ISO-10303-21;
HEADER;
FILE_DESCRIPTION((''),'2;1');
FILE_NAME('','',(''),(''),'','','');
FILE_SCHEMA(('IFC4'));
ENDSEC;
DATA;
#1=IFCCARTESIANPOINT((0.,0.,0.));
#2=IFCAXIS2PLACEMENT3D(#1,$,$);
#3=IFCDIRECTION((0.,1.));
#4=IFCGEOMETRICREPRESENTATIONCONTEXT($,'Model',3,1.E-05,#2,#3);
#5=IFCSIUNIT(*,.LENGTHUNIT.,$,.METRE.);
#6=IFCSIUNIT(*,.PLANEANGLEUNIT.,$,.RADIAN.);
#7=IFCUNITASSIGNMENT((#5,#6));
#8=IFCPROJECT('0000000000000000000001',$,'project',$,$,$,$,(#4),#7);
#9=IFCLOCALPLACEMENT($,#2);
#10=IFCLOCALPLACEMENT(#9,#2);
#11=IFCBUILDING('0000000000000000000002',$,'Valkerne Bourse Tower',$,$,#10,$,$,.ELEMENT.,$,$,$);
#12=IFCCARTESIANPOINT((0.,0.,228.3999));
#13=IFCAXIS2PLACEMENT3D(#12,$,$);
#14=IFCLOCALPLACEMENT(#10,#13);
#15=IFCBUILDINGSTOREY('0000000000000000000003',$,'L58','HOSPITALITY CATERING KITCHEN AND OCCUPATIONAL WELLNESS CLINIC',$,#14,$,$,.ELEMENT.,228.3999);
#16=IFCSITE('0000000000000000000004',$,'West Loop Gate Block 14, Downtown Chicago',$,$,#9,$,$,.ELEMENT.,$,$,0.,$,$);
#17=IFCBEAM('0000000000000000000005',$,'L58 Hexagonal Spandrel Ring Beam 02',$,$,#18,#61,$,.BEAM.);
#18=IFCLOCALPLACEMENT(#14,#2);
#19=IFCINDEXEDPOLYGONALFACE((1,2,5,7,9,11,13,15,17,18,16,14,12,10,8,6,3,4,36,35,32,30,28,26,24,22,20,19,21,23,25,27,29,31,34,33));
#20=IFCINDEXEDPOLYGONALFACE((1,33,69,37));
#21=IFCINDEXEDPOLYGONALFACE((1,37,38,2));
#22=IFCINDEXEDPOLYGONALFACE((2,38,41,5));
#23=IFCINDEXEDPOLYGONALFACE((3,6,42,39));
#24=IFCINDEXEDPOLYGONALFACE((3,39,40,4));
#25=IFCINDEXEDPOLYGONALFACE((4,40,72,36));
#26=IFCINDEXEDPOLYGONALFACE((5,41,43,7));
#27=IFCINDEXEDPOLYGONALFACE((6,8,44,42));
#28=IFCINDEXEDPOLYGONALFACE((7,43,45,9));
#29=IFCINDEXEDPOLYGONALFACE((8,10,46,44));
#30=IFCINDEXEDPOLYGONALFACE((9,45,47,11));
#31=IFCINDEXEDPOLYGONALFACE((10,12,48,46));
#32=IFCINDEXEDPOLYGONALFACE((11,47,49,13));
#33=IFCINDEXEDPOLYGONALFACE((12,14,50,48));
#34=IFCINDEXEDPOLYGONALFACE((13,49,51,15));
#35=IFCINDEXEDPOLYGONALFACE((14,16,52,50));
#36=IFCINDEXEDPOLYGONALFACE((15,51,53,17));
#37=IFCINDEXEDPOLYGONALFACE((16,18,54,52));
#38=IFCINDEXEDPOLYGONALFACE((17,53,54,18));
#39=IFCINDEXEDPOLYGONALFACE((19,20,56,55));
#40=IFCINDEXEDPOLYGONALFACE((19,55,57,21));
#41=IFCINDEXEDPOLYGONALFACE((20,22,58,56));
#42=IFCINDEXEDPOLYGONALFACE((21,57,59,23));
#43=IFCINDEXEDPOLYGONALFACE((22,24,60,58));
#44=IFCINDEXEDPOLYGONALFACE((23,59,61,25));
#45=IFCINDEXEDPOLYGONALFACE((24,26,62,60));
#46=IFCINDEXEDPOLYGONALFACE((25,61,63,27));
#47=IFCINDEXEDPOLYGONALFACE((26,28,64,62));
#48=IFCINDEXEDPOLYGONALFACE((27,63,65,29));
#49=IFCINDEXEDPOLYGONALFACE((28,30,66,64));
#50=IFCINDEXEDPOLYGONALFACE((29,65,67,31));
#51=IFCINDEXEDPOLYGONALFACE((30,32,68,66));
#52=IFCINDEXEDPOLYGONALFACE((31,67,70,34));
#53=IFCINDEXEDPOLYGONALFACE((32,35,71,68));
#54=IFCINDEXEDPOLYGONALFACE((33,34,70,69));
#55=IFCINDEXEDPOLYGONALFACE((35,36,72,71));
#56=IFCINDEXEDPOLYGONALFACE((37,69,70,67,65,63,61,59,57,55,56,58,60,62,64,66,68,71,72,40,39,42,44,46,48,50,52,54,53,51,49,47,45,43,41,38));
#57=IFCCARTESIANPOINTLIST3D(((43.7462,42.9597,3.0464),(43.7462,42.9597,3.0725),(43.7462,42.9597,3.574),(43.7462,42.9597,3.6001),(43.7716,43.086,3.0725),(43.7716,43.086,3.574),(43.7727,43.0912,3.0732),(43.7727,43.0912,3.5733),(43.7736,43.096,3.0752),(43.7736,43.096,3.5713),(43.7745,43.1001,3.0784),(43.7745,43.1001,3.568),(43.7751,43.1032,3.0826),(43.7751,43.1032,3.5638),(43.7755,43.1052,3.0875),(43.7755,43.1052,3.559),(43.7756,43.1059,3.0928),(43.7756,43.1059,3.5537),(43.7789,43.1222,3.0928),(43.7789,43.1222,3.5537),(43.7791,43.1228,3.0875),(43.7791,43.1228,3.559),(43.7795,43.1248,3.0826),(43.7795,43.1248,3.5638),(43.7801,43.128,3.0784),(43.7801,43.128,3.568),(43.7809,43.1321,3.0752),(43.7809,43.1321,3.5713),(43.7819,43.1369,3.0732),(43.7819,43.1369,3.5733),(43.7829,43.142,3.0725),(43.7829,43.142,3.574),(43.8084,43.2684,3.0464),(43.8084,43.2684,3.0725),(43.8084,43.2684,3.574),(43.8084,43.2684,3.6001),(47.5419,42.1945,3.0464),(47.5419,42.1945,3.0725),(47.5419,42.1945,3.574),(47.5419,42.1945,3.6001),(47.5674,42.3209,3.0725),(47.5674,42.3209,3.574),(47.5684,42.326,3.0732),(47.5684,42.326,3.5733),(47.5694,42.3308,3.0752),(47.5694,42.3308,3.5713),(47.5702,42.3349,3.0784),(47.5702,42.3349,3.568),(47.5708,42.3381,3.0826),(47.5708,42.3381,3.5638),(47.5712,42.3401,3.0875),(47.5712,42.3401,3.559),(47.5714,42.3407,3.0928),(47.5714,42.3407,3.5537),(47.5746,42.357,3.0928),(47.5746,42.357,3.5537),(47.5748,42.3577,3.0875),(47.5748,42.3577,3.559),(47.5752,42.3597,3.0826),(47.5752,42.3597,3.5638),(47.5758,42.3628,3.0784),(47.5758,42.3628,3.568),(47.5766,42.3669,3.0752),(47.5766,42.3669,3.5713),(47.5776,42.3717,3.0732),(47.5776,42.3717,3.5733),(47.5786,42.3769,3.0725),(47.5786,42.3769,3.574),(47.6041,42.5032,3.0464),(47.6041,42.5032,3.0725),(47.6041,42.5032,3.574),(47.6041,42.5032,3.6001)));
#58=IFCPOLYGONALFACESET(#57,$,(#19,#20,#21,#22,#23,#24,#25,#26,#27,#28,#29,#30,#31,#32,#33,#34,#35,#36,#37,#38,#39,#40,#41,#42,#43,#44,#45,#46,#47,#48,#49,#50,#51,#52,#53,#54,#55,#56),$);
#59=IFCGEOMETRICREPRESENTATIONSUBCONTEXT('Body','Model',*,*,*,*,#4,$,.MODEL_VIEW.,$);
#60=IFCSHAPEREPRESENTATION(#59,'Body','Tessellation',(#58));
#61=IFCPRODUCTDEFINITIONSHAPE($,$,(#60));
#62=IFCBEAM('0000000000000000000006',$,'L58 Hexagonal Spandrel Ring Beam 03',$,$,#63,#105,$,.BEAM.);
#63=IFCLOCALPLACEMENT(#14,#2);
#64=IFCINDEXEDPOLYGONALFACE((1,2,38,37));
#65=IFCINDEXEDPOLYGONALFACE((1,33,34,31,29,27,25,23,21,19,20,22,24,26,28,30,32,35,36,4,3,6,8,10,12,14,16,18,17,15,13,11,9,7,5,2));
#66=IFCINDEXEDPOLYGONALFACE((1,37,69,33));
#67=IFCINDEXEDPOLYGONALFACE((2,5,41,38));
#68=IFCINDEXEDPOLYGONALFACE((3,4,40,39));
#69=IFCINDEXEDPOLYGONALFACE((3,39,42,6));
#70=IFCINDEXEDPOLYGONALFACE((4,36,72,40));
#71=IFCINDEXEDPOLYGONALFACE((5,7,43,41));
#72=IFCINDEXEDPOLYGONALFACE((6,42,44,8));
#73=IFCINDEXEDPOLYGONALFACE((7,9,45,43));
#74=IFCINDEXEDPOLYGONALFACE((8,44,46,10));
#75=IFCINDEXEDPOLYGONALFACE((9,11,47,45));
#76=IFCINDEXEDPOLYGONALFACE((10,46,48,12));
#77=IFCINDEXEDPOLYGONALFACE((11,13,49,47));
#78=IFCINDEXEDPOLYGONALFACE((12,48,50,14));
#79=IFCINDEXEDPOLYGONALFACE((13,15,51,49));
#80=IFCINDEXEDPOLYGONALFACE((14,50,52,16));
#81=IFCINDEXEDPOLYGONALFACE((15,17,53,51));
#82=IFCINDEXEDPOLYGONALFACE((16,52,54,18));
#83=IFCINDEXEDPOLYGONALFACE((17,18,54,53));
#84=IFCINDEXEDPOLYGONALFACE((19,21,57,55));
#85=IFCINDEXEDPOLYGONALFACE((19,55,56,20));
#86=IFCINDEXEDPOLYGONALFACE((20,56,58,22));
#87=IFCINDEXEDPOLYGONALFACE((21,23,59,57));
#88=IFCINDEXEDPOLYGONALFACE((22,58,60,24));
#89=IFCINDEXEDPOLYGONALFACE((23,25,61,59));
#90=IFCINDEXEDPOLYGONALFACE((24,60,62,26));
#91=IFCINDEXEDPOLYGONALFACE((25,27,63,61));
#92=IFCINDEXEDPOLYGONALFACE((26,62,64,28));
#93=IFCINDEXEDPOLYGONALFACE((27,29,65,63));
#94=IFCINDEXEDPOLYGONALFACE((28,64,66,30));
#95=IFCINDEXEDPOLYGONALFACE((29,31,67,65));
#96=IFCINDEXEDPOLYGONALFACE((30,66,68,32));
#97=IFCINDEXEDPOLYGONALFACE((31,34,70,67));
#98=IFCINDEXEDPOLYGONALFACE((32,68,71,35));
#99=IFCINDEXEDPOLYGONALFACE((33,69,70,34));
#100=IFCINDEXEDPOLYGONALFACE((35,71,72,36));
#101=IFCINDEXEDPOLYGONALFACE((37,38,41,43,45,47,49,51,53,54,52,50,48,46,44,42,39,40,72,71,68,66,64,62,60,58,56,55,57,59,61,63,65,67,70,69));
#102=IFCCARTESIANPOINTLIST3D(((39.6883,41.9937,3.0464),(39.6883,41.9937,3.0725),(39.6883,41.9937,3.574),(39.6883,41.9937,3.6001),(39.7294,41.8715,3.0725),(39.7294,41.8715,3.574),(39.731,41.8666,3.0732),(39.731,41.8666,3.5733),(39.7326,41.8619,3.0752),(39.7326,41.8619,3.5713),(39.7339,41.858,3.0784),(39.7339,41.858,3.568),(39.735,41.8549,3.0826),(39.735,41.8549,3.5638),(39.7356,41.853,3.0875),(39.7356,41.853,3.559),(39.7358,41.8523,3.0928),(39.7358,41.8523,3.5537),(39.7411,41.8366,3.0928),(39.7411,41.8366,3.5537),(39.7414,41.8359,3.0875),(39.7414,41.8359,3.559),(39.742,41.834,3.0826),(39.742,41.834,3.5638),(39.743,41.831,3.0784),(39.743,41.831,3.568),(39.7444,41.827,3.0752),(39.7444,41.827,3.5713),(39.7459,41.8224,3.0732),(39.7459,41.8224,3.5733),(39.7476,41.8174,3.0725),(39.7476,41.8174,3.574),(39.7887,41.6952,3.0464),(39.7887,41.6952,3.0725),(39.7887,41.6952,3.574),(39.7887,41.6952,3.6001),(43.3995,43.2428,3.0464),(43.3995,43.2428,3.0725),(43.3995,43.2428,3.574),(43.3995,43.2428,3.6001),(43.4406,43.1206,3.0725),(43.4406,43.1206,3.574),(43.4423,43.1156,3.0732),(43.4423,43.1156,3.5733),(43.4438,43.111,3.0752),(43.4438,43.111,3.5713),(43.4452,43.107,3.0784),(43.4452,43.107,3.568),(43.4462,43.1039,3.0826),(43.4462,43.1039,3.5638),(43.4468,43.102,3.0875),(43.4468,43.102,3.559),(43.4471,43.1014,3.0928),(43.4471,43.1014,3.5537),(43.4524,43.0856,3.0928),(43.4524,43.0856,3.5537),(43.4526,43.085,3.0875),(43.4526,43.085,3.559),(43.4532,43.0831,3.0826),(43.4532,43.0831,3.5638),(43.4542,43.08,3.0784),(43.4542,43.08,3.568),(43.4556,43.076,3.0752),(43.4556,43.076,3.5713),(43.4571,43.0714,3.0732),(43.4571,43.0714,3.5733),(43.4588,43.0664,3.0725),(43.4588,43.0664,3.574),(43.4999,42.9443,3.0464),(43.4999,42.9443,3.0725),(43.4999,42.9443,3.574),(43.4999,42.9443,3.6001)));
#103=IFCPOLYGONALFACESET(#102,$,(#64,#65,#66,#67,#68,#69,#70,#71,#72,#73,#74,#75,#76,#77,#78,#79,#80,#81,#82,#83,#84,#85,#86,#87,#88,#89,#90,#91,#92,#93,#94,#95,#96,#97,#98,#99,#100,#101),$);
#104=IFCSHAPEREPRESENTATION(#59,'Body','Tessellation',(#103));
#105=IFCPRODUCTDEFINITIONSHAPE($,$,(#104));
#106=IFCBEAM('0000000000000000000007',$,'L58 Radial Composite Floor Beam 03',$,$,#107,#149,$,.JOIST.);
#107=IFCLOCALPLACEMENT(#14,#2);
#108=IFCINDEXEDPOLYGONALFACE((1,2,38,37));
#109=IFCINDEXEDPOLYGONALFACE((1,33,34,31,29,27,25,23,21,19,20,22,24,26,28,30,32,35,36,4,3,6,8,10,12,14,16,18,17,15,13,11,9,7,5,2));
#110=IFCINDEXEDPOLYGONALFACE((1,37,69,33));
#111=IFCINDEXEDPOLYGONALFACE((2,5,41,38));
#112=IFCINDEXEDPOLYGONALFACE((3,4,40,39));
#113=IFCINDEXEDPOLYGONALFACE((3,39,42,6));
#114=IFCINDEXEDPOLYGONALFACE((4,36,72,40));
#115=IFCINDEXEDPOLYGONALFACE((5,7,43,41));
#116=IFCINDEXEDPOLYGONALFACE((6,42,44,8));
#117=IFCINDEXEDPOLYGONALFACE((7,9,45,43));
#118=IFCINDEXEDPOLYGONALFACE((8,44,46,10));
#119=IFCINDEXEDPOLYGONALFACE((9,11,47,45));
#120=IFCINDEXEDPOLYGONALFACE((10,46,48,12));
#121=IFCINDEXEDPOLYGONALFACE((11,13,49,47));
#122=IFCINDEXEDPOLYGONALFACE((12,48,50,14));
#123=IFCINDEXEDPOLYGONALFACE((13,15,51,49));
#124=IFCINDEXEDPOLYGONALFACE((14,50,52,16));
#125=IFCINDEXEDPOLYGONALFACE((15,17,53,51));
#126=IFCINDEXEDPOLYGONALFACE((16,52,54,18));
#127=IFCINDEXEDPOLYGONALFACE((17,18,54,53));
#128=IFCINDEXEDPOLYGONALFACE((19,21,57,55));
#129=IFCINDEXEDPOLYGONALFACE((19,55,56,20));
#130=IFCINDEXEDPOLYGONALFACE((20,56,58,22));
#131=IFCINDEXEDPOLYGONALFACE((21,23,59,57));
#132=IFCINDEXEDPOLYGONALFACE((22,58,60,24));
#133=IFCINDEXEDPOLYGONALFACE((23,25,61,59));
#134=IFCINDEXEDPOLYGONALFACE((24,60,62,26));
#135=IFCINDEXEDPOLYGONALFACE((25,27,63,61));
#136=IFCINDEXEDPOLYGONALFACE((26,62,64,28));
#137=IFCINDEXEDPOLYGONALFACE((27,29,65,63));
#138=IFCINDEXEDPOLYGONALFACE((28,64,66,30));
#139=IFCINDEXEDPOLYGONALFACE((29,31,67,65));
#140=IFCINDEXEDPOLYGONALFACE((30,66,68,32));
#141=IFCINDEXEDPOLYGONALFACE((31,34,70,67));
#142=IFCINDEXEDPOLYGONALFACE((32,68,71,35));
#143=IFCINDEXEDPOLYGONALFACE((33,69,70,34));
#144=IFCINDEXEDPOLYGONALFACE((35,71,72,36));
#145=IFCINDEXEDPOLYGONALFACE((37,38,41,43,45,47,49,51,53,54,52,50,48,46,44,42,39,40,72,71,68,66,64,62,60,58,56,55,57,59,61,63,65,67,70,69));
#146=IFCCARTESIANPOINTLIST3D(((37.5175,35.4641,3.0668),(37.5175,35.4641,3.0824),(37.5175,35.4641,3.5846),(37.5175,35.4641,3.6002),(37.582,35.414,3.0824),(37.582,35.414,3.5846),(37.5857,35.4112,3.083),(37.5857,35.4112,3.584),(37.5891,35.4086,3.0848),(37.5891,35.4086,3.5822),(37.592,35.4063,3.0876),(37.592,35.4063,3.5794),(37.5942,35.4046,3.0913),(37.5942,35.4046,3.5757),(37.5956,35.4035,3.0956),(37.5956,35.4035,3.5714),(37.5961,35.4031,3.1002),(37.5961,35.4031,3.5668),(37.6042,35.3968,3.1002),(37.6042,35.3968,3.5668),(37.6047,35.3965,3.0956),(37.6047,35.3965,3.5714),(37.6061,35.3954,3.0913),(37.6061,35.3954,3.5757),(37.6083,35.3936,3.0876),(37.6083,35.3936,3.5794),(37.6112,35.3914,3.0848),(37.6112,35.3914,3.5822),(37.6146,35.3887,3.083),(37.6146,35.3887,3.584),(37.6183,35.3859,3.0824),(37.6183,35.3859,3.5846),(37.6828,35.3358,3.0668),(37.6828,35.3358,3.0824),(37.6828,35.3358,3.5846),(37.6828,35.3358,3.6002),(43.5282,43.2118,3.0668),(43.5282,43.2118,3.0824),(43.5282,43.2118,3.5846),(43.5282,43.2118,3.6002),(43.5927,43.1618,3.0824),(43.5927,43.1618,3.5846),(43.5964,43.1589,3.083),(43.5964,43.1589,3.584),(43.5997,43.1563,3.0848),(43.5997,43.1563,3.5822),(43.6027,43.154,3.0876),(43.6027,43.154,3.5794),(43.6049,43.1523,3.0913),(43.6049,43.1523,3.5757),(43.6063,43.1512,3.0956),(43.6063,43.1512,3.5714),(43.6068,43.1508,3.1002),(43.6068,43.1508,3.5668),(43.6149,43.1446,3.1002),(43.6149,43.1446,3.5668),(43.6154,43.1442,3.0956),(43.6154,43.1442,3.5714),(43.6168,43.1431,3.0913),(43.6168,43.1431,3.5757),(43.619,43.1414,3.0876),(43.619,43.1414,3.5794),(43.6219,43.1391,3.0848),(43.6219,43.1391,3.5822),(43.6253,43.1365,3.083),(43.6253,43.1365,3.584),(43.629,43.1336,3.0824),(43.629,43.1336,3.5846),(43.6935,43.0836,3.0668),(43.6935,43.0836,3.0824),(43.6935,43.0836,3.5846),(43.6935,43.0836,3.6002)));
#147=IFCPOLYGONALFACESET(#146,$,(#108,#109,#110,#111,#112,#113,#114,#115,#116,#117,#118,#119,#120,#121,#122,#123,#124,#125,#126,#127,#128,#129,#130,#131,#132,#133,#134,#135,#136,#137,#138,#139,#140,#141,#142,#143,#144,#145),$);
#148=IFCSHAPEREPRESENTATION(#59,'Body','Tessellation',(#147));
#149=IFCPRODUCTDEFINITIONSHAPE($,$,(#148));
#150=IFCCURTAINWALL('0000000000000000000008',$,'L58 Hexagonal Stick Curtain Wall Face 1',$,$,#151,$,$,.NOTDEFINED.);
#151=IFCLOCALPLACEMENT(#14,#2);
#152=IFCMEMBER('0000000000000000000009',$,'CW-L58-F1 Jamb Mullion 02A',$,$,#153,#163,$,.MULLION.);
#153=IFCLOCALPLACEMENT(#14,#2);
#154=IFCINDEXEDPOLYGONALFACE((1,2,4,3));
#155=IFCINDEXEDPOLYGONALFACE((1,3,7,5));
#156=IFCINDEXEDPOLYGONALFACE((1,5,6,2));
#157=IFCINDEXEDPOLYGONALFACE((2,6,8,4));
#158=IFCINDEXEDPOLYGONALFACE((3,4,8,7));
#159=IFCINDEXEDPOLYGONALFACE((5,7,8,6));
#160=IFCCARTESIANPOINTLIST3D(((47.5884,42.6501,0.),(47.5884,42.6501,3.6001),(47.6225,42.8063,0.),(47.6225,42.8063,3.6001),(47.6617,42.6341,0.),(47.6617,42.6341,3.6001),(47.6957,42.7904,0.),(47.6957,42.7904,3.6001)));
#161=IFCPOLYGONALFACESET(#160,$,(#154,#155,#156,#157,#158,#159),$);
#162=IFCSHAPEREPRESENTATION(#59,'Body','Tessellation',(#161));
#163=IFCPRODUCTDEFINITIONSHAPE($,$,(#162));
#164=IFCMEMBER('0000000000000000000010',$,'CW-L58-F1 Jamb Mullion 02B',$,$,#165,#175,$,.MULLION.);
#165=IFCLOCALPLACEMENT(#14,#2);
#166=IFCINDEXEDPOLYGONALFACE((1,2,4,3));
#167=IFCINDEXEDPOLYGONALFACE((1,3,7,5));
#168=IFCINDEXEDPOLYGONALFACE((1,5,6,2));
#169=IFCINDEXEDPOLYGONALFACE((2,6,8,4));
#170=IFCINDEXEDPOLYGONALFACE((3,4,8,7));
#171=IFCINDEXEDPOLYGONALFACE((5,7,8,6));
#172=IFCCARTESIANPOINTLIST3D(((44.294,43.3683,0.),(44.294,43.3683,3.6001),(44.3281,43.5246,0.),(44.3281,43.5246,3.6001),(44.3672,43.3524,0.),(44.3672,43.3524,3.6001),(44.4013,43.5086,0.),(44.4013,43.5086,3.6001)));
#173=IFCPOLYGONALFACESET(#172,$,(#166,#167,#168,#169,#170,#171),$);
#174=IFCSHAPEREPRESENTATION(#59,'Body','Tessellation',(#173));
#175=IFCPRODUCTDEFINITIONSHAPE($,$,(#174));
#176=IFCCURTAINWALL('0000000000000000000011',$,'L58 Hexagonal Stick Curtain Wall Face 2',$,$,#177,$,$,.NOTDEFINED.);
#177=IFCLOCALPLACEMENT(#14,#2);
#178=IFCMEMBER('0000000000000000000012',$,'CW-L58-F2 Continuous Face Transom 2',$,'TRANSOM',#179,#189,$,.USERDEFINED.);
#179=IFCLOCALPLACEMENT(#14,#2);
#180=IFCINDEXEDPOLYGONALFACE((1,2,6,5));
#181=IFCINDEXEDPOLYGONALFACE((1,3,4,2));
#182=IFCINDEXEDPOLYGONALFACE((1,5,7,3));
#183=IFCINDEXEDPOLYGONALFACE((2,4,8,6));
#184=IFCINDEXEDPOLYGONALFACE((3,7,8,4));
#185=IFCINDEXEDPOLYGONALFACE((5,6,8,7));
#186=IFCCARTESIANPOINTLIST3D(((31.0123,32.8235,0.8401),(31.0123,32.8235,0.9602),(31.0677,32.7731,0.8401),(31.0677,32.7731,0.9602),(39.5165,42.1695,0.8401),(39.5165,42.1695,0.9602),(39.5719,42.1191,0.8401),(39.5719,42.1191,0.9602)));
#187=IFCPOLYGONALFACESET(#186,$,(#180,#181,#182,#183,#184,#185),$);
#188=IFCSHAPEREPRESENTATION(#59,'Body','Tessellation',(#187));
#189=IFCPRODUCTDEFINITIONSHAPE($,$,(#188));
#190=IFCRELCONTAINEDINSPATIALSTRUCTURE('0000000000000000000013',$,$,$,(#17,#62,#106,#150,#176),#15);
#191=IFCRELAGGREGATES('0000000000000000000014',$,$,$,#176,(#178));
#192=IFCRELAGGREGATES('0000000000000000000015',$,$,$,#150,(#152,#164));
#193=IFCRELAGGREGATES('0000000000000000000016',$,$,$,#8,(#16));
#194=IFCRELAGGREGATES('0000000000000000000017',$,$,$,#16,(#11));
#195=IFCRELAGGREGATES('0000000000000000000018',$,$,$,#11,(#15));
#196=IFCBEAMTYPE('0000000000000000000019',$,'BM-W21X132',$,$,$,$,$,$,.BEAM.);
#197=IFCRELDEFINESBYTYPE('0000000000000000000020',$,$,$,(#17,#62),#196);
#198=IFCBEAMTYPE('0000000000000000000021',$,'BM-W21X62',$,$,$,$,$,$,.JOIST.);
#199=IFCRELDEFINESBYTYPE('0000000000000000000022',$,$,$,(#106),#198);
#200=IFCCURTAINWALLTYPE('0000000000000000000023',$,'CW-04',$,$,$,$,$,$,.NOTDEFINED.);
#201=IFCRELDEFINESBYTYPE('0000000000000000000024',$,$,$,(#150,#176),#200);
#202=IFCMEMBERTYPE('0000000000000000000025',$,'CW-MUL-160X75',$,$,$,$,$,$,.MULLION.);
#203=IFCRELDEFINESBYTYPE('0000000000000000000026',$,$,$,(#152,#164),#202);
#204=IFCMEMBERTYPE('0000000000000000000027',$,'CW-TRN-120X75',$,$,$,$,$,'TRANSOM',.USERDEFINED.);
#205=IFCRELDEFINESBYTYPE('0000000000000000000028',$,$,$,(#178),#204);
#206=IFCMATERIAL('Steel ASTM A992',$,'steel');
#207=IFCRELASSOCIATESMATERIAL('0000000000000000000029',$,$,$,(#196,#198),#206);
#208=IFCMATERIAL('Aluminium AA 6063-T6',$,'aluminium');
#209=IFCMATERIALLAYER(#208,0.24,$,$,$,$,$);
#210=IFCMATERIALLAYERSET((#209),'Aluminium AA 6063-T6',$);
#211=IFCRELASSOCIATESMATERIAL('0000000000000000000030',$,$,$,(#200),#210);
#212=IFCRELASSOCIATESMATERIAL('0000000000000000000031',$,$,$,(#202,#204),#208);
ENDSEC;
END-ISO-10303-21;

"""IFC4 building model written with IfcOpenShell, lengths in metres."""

from ifc_helpers import new_model, si_unit, direction, frame, origin, origin_2d, place, context, subcontext, project, spatial, rectangle, i_section, extrude, material, layer, layer_set, material_profile, profile_set, type_object, element, aggregate, save


model = new_model("IFC4")

# Units and contexts
model_context = context("Model", 3, precision=1e-05, world=origin(), true_north=direction((0.0, 1.0)))
body_context = subcontext(model_context, "Body", "Model", "MODEL_VIEW")
ifc_project = project(units=[si_unit("LENGTHUNIT", "METRE"), si_unit("PLANEANGLEUNIT", "RADIAN")], contexts=[model_context])

# Site, building, storey
site_placement = place(None, origin())
site = spatial("IfcSite", under=ifc_project, at=site_placement, Name="West Loop Gate Block 14, Downtown Chicago", CompositionType="ELEMENT", RefElevation=0.0)
building_placement = place(site_placement, origin())
building = spatial("IfcBuilding", under=site, at=building_placement, Name="Valkerne Bourse Tower", CompositionType="ELEMENT")
storey_placement = place(building_placement, frame((0.0, 0.0, 228.3999)))
storey = spatial("IfcBuildingStorey", under=building, at=storey_placement, Name="L58", Description="HOSPITALITY CATERING KITCHEN AND OCCUPATIONAL WELLNESS CLINIC", CompositionType="ELEMENT", Elevation=228.3999)

# Beams
ifc_material_1 = material(Name="Steel ASTM A992", Category="steel")
ifc_material_profile_1 = material_profile(ifc_material_1, i_section(OverallWidth=0.3149, OverallDepth=0.5537, WebThickness=0.0166, FlangeThickness=0.0261, FilletRadius=0.0203, at=origin_2d()), Name="W21X132")
ifc_profile_set_1 = profile_set([ifc_material_profile_1], Name="Steel ASTM A992")
beam_type_1 = type_object("IfcBeamType", Name="BM-W21X132", PredefinedType="BEAM", material=ifc_profile_set_1)
beam_1_placement = place(storey_placement, frame((47.573, 42.3489, 3.3232), z_axis=(-0.980281, 0.197607, 0.0), x_axis=(-0.197607, -0.980281, 0.0)))
element("IfcBeam", 1, at=beam_1_placement, inside=storey, type_object=beam_type_1, Name="L58 Hexagonal Spandrel Ring Beam 02", PredefinedType="BEAM", context=body_context, shape_type="SweptSolid", body=[
    extrude(i_section(OverallWidth=0.3149, OverallDepth=0.5537, WebThickness=0.0166, FlangeThickness=0.0261, FilletRadius=0.0203, at=origin_2d()), origin(), (0.0, 0.0, 1.0), 3.8721),
])
beam_2_placement = place(storey_placement, frame((43.4497, 43.0935, 3.3232), z_axis=(-0.947763, -0.318976, 0.0), x_axis=(0.318976, -0.947763, 0.0)))
element("IfcBeam", 2, at=beam_2_placement, inside=storey, type_object=beam_type_1, Name="L58 Hexagonal Spandrel Ring Beam 03", PredefinedType="BEAM", context=body_context, shape_type="SweptSolid", body=[
    extrude(i_section(OverallWidth=0.3149, OverallDepth=0.5537, WebThickness=0.0166, FlangeThickness=0.0261, FilletRadius=0.0203, at=origin_2d()), origin(), (0.0, 0.0, 1.0), 3.9158),
])
ifc_material_profile_2 = material_profile(ifc_material_1, i_section(OverallWidth=0.2092, OverallDepth=0.5334, WebThickness=0.0103, FlangeThickness=0.0156, FilletRadius=0.0178, at=origin_2d()), Name="W21X62")
ifc_profile_set_2 = profile_set([ifc_material_profile_2], Name="Steel ASTM A992")
beam_type_2 = type_object("IfcBeamType", Name="BM-W21X62", PredefinedType="JOIST", material=ifc_profile_set_2)
beam_3_placement = place(storey_placement, frame((43.6108, 43.1477, 3.3335), z_axis=(-0.612966, -0.790109, 0.0), x_axis=(0.790109, -0.612966, 0.0)))
element("IfcBeam", 3, at=beam_3_placement, inside=storey, type_object=beam_type_2, Name="L58 Radial Composite Floor Beam 03", PredefinedType="JOIST", context=body_context, shape_type="SweptSolid", body=[
    extrude(i_section(OverallWidth=0.2092, OverallDepth=0.5334, WebThickness=0.0103, FlangeThickness=0.0156, FilletRadius=0.0178, at=origin_2d()), origin(), (0.0, 0.0, 1.0), 9.8059),
])

# Curtain walls, members
ifc_material_2 = material(Name="Aluminium AA 6063-T6", Category="aluminium")
ifc_layer_1 = layer(ifc_material_2, 0.24)
ifc_layer_set_1 = layer_set([ifc_layer_1], Name="Aluminium AA 6063-T6")
curtain_wall_type = type_object("IfcCurtainWallType", Name="CW-04", PredefinedType="NOTDEFINED", material=ifc_layer_set_1)
curtain_wall_1_placement = place(storey_placement, origin())
curtain_wall_1 = element("IfcCurtainWall", 4, at=curtain_wall_1_placement, inside=storey, type_object=curtain_wall_type, Name="L58 Hexagonal Stick Curtain Wall Face 1", PredefinedType="NOTDEFINED")
ifc_material_profile_3 = material_profile(ifc_material_2, rectangle(XDim=0.075, YDim=0.1599, at=origin_2d()), Name="CWM-75X160")
ifc_profile_set_3 = profile_set([ifc_material_profile_3], Name="Aluminium AA 6063-T6")
member_type_1 = type_object("IfcMemberType", Name="CW-MUL-160X75", PredefinedType="MULLION", material=ifc_profile_set_3)
member_1_placement = place(storey_placement, frame((47.6421, 42.7202, 0.0), z_axis=(0.0, 0.0, 1.0), x_axis=(-0.977045, 0.213035, 0.0)))
member_1 = element("IfcMember", 5, at=member_1_placement, type_object=member_type_1, Name="CW-L58-F1 Jamb Mullion 02A", PredefinedType="MULLION", context=body_context, shape_type="SweptSolid", body=[
    extrude(rectangle(XDim=0.075, YDim=0.1599, at=origin_2d()), origin(), (0.0, 0.0, 1.0), 3.6001),
])
member_2_placement = place(storey_placement, frame((44.3477, 43.4385, 0.0), z_axis=(0.0, 0.0, 1.0), x_axis=(-0.977045, 0.213035, 0.0)))
member_2 = element("IfcMember", 6, at=member_2_placement, type_object=member_type_1, Name="CW-L58-F1 Jamb Mullion 02B", PredefinedType="MULLION", context=body_context, shape_type="SweptSolid", body=[
    extrude(rectangle(XDim=0.075, YDim=0.1599, at=origin_2d()), origin(), (0.0, 0.0, 1.0), 3.6001),
])
curtain_wall_2_placement = place(storey_placement, origin())
curtain_wall_2 = element("IfcCurtainWall", 7, at=curtain_wall_2_placement, inside=storey, type_object=curtain_wall_type, Name="L58 Hexagonal Stick Curtain Wall Face 2", PredefinedType="NOTDEFINED")
ifc_material_profile_4 = material_profile(ifc_material_2, rectangle(XDim=0.075, YDim=0.1201, at=origin_2d()), Name="CWT-75X120")
ifc_profile_set_4 = profile_set([ifc_material_profile_4], Name="Aluminium AA 6063-T6")
member_type_2 = type_object("IfcMemberType", Name="CW-TRN-120X75", ElementType="TRANSOM", PredefinedType="USERDEFINED", material=ifc_profile_set_4)
member_3_placement = place(storey_placement, frame((39.5442, 42.1443, 0.9001), z_axis=(-0.673012, -0.739631, 0.0), x_axis=(0.739631, -0.673012, 0.0)))
member_3 = element("IfcMember", 8, at=member_3_placement, type_object=member_type_2, Name="CW-L58-F2 Continuous Face Transom 2", ObjectType="TRANSOM", PredefinedType="USERDEFINED", context=body_context, shape_type="SweptSolid", body=[
    extrude(rectangle(XDim=0.075, YDim=0.1201, at=origin_2d()), origin(), (0.0, 0.0, 1.0), 12.636),
])
aggregate(curtain_wall_2, [member_3])

aggregate(curtain_wall_1, [member_1, member_2])

save(model, "model.ifc")
